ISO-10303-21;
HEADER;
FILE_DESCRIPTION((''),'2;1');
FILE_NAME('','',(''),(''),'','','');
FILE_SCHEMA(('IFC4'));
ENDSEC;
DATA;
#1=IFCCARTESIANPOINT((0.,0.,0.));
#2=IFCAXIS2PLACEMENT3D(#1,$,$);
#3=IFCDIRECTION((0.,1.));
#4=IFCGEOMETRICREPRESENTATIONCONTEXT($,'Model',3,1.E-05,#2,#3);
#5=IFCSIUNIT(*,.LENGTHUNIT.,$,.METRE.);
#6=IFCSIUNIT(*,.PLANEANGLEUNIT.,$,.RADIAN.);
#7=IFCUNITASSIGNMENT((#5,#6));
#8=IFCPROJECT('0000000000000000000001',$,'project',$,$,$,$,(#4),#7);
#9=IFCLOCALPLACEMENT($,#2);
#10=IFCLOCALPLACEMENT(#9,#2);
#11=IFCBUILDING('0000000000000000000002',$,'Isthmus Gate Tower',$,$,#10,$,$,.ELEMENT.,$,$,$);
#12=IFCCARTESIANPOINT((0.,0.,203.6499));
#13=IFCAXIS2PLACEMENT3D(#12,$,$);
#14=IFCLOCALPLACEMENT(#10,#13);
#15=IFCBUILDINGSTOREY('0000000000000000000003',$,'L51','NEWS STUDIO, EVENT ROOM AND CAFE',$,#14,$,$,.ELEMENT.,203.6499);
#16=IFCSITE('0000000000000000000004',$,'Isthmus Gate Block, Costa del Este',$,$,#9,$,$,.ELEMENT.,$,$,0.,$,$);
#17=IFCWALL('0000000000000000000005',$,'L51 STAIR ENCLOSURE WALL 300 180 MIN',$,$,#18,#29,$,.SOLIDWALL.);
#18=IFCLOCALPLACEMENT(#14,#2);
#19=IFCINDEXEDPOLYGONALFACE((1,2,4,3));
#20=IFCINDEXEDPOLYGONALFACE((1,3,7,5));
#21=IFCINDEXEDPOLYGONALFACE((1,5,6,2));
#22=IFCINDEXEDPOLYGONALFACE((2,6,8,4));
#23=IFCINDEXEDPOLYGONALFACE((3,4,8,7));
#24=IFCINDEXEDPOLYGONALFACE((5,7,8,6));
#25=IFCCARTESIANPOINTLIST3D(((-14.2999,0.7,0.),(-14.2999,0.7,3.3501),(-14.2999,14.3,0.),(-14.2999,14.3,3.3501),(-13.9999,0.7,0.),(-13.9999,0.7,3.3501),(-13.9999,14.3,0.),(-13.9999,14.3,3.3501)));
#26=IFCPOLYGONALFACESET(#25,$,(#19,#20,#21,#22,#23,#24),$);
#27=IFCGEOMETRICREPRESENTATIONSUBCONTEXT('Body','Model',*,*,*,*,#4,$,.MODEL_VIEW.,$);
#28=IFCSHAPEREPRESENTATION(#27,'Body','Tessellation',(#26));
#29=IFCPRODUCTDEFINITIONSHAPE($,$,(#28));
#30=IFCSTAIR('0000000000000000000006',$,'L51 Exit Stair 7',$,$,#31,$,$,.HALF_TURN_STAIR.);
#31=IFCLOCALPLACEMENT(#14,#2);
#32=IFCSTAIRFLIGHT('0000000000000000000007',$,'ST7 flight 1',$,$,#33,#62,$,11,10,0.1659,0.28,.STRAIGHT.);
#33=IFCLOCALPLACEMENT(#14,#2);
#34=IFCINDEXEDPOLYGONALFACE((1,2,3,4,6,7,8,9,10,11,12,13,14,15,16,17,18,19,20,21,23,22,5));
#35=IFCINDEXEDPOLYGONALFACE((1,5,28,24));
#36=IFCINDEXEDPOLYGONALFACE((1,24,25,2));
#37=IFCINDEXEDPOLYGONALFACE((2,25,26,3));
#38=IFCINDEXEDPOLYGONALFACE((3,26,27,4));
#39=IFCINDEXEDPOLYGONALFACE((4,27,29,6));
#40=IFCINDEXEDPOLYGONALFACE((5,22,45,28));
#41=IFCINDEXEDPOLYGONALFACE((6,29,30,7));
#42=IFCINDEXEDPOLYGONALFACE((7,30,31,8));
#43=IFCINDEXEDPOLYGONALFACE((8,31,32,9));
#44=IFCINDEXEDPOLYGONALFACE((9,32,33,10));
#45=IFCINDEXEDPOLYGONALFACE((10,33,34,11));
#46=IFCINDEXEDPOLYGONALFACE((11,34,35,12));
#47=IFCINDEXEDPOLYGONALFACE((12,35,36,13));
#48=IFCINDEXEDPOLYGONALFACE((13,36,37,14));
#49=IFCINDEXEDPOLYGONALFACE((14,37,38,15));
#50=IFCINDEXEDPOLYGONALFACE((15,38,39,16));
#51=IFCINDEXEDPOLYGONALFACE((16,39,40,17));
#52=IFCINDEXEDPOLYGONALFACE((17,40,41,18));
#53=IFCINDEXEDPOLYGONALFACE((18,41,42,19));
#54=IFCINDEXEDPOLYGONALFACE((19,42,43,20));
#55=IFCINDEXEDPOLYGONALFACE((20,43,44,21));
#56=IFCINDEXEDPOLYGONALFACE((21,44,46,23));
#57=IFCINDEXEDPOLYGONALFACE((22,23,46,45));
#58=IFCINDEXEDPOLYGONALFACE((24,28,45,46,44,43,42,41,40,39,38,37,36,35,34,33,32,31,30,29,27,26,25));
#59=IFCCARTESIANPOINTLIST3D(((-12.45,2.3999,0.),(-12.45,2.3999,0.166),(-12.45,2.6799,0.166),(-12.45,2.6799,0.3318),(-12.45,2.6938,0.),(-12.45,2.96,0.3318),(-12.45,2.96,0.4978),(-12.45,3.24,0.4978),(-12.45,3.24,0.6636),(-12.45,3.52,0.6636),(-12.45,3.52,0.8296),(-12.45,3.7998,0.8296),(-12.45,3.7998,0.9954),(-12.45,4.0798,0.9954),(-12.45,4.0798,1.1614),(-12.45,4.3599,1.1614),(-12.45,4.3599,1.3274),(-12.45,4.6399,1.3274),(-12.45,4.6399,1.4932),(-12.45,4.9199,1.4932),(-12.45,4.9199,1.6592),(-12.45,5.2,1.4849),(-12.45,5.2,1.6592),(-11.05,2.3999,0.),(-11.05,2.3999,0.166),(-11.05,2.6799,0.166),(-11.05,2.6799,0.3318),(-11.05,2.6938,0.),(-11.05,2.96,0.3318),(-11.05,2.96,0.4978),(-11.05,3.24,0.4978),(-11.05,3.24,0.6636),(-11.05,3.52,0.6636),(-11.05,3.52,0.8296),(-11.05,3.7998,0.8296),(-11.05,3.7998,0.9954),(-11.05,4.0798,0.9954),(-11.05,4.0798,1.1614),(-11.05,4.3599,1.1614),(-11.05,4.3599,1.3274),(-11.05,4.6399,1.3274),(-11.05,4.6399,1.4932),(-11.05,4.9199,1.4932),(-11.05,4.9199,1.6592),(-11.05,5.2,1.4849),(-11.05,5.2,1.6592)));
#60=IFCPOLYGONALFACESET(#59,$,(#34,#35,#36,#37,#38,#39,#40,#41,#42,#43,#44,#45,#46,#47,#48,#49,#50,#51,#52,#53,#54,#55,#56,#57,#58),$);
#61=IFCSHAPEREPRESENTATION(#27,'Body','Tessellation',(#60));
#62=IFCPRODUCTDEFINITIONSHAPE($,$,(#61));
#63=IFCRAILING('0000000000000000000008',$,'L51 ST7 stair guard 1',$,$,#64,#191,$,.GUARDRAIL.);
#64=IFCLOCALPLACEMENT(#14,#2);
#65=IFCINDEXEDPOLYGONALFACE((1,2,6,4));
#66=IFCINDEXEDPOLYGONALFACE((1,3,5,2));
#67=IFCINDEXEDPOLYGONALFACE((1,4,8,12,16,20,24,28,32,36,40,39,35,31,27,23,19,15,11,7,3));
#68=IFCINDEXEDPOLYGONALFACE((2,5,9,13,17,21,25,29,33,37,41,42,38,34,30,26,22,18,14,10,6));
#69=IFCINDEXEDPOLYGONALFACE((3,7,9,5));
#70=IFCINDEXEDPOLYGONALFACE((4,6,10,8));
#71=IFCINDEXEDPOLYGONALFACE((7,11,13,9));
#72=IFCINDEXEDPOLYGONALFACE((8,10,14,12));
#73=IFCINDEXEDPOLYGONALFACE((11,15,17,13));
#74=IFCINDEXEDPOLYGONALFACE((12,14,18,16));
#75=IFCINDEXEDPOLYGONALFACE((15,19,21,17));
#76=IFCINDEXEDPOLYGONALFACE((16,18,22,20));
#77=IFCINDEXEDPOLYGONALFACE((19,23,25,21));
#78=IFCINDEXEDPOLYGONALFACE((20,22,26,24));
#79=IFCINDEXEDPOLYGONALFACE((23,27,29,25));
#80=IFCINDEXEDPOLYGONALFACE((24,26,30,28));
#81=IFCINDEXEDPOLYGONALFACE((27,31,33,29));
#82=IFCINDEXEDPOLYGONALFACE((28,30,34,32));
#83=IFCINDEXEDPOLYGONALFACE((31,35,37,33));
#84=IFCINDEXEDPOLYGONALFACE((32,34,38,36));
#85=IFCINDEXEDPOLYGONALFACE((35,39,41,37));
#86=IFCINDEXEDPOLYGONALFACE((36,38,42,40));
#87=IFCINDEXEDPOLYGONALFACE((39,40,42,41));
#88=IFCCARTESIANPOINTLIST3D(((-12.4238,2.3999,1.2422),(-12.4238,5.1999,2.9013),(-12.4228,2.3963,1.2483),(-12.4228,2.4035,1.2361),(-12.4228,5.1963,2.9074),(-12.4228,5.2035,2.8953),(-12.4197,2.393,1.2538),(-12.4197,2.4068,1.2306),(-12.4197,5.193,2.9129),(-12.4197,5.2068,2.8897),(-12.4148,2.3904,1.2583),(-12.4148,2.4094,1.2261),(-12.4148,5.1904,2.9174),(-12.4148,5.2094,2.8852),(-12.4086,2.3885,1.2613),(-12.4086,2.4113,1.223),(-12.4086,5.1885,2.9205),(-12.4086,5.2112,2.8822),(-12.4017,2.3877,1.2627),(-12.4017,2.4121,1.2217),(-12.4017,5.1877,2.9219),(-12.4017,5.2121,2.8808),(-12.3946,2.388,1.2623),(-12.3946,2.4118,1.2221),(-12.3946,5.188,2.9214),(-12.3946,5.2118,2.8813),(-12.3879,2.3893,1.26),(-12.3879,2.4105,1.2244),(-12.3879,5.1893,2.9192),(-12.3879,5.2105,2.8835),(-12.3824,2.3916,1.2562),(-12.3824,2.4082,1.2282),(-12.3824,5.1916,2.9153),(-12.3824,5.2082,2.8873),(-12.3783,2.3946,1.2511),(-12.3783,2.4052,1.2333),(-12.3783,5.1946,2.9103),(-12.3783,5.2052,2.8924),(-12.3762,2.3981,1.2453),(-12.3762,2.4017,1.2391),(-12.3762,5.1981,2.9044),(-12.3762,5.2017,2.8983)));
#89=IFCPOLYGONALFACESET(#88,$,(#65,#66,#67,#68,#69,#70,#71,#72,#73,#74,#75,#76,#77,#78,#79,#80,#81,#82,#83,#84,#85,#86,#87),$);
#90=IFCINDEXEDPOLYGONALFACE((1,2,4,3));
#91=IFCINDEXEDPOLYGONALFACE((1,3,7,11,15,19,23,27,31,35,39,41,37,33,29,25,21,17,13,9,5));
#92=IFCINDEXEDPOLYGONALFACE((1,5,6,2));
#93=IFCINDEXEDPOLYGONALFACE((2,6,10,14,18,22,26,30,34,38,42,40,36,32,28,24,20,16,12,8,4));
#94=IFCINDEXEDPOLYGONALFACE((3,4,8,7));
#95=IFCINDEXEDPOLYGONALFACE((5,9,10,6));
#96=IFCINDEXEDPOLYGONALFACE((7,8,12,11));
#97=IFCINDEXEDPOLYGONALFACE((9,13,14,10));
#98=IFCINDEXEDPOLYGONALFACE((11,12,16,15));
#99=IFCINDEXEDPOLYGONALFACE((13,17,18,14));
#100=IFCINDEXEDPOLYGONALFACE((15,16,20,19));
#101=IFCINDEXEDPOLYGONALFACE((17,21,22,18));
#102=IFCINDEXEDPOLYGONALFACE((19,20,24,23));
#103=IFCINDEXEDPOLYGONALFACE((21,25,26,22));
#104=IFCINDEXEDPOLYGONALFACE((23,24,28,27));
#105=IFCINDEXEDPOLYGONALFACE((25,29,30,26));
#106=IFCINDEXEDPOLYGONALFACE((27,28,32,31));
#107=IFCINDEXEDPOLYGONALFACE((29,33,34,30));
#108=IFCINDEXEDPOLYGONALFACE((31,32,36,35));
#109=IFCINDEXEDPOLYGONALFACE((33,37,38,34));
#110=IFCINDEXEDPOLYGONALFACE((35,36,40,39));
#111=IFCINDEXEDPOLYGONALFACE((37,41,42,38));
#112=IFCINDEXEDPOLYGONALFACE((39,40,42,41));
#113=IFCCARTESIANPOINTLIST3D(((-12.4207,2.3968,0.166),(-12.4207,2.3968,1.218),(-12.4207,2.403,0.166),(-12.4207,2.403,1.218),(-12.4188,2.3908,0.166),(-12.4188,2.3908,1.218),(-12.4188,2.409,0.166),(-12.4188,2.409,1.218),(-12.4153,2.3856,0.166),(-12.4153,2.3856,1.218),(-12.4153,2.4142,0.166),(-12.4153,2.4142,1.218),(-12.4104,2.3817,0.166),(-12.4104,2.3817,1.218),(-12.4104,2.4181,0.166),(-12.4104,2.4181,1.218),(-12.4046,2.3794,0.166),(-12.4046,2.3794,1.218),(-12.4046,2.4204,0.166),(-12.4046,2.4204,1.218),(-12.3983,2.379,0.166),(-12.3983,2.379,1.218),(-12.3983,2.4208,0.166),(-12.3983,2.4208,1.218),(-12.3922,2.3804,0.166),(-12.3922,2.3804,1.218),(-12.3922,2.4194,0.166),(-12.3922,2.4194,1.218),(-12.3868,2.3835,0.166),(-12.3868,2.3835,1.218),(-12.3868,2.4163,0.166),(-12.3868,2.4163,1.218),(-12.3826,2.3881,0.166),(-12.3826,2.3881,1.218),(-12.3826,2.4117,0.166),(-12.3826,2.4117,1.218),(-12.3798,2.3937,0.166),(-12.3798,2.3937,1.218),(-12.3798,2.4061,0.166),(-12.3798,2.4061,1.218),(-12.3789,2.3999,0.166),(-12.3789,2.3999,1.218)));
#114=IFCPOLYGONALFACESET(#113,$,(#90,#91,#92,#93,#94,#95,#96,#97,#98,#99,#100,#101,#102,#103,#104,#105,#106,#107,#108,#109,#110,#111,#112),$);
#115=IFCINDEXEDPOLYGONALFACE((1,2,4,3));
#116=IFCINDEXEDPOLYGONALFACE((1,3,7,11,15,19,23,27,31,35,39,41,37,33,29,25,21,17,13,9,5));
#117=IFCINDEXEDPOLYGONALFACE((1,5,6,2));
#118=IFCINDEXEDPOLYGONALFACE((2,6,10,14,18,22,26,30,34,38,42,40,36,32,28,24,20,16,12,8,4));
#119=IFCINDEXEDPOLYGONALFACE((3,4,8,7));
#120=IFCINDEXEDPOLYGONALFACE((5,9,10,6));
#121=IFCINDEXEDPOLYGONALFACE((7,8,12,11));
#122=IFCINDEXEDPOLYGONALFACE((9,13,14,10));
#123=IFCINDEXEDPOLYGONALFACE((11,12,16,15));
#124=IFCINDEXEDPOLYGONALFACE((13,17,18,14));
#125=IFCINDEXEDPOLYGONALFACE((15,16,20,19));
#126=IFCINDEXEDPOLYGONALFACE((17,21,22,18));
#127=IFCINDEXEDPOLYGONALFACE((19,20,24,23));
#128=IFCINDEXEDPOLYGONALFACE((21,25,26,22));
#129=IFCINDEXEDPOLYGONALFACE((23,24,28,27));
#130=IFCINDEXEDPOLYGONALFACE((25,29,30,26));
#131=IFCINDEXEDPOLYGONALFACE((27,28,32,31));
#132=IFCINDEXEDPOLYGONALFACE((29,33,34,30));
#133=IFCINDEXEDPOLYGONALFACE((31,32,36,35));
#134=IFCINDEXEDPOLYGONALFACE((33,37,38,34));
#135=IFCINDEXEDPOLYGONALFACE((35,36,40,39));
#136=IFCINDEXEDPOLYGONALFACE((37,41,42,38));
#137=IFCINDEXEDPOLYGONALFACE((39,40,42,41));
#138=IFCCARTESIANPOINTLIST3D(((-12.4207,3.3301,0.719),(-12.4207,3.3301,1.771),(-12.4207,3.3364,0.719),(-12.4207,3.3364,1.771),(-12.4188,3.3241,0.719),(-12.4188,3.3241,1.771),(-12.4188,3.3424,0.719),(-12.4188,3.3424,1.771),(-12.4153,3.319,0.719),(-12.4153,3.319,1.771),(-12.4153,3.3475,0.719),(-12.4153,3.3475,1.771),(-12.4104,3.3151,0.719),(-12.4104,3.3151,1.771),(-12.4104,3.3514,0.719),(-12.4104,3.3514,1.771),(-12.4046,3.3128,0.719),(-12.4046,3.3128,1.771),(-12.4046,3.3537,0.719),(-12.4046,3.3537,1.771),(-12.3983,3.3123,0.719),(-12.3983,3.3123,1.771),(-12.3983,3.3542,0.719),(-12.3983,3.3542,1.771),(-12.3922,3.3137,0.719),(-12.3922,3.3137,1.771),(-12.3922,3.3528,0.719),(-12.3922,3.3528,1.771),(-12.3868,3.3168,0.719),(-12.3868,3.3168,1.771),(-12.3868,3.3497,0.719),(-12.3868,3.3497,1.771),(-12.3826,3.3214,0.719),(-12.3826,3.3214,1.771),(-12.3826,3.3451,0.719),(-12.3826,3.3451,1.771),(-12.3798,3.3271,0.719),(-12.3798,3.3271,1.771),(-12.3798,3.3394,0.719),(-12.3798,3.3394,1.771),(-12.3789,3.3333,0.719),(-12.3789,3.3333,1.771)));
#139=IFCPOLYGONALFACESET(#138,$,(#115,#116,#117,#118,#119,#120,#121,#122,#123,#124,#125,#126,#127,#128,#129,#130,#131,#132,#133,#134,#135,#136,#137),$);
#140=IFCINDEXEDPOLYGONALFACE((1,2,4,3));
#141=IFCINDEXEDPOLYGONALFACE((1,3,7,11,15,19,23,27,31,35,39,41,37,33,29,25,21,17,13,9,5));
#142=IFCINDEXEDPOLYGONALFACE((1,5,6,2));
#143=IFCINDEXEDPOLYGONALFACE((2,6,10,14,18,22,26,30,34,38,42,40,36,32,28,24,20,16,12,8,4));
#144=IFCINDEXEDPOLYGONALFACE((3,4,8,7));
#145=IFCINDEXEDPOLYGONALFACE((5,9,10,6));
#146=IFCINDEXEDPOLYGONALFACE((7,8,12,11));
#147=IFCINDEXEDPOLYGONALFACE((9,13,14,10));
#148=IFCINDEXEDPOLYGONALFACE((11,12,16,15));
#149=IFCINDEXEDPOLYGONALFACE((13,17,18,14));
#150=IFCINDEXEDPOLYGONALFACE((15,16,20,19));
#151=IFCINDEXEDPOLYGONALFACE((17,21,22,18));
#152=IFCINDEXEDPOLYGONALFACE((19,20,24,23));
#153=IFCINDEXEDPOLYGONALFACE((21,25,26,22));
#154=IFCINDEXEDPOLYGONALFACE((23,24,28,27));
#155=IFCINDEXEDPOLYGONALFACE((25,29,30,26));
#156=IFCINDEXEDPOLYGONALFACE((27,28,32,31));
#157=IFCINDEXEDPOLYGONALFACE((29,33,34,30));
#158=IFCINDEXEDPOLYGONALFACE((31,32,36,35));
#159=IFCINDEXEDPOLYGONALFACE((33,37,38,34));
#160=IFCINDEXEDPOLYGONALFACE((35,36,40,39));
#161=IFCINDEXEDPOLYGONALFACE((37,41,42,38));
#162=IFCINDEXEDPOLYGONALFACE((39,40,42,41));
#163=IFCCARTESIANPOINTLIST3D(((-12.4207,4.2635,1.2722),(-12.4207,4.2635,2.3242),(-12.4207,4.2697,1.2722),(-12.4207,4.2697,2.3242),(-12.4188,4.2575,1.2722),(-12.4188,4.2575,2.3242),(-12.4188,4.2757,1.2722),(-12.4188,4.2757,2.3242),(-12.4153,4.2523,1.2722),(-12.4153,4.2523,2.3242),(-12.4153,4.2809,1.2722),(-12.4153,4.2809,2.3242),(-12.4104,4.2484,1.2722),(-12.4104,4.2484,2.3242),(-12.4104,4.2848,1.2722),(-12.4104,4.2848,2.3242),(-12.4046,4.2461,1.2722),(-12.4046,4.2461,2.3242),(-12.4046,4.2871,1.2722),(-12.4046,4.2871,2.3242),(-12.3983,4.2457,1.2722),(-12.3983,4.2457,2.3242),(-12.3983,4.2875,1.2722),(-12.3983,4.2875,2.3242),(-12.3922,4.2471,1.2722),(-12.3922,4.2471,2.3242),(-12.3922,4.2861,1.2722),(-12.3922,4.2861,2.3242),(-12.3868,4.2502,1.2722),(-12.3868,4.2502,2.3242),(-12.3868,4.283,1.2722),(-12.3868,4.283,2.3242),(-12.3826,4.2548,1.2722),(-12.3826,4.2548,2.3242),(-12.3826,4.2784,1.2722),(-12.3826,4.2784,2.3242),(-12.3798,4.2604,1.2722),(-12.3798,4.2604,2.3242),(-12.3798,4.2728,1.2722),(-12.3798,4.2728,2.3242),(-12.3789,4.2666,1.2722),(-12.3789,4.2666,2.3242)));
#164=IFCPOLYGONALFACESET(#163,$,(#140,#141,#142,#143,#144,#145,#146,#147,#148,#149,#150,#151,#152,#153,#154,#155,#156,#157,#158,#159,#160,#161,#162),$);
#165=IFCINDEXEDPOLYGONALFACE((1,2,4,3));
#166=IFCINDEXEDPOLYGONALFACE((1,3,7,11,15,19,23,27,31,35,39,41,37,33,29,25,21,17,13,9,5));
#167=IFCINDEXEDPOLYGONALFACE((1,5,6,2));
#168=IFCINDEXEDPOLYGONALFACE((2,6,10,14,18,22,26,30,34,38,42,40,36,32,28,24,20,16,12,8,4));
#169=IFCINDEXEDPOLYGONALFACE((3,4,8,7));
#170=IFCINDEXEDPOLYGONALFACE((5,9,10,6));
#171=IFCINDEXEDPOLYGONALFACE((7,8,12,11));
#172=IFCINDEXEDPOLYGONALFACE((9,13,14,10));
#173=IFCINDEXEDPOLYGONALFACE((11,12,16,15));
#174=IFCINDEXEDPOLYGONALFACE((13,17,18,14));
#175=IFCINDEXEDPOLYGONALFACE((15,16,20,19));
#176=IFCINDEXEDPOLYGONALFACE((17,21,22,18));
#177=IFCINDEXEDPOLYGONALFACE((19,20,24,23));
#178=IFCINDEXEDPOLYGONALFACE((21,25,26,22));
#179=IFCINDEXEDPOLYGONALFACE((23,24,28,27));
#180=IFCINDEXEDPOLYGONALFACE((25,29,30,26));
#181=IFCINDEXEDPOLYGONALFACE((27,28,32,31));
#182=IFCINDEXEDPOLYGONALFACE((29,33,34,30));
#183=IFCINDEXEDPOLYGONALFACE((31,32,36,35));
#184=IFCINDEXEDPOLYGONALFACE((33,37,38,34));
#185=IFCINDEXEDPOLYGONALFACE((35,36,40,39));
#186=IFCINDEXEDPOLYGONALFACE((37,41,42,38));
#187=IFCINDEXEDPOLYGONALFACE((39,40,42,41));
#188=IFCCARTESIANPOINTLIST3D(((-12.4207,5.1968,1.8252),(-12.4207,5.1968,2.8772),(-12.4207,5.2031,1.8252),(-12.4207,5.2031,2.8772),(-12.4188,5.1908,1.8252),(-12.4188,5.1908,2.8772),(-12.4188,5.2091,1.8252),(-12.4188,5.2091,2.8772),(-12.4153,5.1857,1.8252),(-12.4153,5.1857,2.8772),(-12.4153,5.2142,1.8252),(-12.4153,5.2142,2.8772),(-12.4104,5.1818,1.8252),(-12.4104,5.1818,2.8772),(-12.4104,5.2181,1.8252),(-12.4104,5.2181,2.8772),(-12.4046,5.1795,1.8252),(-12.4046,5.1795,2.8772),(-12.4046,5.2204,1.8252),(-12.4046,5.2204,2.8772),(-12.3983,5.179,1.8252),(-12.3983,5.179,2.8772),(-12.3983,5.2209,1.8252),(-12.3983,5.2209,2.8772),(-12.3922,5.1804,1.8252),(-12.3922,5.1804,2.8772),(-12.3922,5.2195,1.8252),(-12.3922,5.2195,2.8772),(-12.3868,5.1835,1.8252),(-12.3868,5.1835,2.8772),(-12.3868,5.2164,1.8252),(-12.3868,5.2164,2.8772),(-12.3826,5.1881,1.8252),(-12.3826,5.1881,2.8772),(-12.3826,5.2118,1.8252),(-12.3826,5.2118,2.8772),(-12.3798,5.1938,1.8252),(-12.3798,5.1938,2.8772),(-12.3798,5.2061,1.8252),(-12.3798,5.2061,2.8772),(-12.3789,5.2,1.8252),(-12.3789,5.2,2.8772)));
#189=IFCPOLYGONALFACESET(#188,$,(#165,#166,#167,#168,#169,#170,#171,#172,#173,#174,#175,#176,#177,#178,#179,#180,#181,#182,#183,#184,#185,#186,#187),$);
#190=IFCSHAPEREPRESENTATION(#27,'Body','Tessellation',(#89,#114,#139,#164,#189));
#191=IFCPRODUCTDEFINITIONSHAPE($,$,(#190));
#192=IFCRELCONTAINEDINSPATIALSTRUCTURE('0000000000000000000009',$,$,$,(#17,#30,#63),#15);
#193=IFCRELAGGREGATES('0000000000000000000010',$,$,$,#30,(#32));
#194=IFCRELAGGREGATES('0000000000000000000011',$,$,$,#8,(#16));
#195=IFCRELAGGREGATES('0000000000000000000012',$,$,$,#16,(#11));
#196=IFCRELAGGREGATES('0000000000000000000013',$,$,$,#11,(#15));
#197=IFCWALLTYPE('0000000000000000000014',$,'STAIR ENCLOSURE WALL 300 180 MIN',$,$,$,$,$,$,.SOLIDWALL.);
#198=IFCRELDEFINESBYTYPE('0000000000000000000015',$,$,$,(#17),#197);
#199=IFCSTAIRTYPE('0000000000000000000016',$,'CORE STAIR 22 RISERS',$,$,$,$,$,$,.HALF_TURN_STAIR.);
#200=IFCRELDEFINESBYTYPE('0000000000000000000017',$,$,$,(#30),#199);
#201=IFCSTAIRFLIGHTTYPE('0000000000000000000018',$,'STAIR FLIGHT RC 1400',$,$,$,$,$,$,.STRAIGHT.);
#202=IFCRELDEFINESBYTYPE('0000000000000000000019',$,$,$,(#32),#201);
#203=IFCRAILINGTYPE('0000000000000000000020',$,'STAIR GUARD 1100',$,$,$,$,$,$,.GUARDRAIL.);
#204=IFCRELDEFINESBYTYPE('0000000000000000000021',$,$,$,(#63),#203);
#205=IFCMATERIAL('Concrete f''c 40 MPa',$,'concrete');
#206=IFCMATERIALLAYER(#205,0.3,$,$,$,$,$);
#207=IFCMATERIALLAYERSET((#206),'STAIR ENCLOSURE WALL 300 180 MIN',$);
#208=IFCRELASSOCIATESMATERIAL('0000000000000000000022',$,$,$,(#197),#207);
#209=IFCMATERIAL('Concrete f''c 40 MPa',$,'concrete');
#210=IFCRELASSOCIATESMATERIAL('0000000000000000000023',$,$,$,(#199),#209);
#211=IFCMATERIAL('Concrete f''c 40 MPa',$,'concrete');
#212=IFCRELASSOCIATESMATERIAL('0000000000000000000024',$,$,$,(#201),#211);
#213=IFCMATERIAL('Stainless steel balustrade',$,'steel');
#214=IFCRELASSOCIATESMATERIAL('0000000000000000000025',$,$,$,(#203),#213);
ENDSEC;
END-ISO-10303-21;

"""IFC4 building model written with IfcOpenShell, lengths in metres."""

from ifc_helpers import new_model, si_unit, direction, frame, frame_2d, origin, origin_2d, place, context, subcontext, project, spatial, polyline, rectangle, circle, outline, extrude, material, layer, layer_set, type_object, element, aggregate, save


model = new_model("IFC4")

# Units and contexts
model_context = context("Model", 3, precision=1e-05, world=origin(), true_north=direction((0.0, 1.0)))
body_context = subcontext(model_context, "Body", "Model", "MODEL_VIEW")
ifc_project = project(units=[si_unit("LENGTHUNIT", "METRE"), si_unit("PLANEANGLEUNIT", "RADIAN")], contexts=[model_context])

# Site, building, storey
site_placement = place(None, origin())
site = spatial("IfcSite", under=ifc_project, at=site_placement, Name="Isthmus Gate Block, Costa del Este", CompositionType="ELEMENT", RefElevation=0.0)
building_placement = place(site_placement, origin())
building = spatial("IfcBuilding", under=site, at=building_placement, Name="Isthmus Gate Tower", CompositionType="ELEMENT")
storey_placement = place(building_placement, frame((0.0, 0.0, 203.6499)))
storey = spatial("IfcBuildingStorey", under=building, at=storey_placement, Name="L51", Description="NEWS STUDIO, EVENT ROOM AND CAFE", CompositionType="ELEMENT", Elevation=203.6499)

# Wall
ifc_material_1 = material(Name="Concrete f'c 40 MPa", Category="concrete")
ifc_layer_1 = layer(ifc_material_1, 0.3)
ifc_layer_set_1 = layer_set([ifc_layer_1], Name="STAIR ENCLOSURE WALL 300 180 MIN")
wall_type_1 = type_object("IfcWallType", Name="STAIR ENCLOSURE WALL 300 180 MIN", PredefinedType="SOLIDWALL", material=ifc_layer_set_1)
wall_1_placement = place(storey_placement, frame((-14.1499, 0.7, 0.0), z_axis=(0.0, 0.0, 1.0), x_axis=(0.0, 1.0, 0.0)))
element("IfcWall", 1, at=wall_1_placement, inside=storey, type_object=wall_type_1, Name="L51 STAIR ENCLOSURE WALL 300 180 MIN", PredefinedType="SOLIDWALL", context=body_context, shape_type="SweptSolid", body=[
    extrude(rectangle(XDim=13.6001, YDim=0.3, at=frame_2d((6.8, 0.0))), origin(), (0.0, 0.0, 1.0), 3.3501),
])

# Stair, stair flight
ifc_material_2 = material(Name="Concrete f'c 40 MPa", Category="concrete")
stair_type = type_object("IfcStairType", Name="CORE STAIR 22 RISERS", PredefinedType="HALF_TURN_STAIR", material=ifc_material_2)
stair_placement = place(storey_placement, origin())
stair = element("IfcStair", 2, at=stair_placement, inside=storey, type_object=stair_type, Name="L51 Exit Stair 7", PredefinedType="HALF_TURN_STAIR")
ifc_material_3 = material(Name="Concrete f'c 40 MPa", Category="concrete")
stair_flight_type = type_object("IfcStairFlightType", Name="STAIR FLIGHT RC 1400", PredefinedType="STRAIGHT", material=ifc_material_3)
stair_flight_placement = place(storey_placement, frame((-11.75, 2.3999, 0.0), z_axis=(0.0, 0.0, 1.0), x_axis=(0.0, 1.0, 0.0)))
stair_flight = element("IfcStairFlight", 3, at=stair_flight_placement, type_object=stair_flight_type, Name="ST7 flight 1", NumberOfRisers=11, NumberOfTreads=10, PredefinedType="STRAIGHT", RiserHeight=0.1659, TreadLength=0.28, context=body_context, shape_type="SweptSolid", body=[
    extrude(outline(polyline([(0.0, 0.0), (0.0, 0.166), (0.28, 0.166), (0.28, 0.3318), (0.5601, 0.3318), (0.5601, 0.4978), (0.8401, 0.4978), (0.8401, 0.6636), (1.1201, 0.6636), (1.1201, 0.8296), (1.3999, 0.8296), (1.3999, 0.9954), (1.6799, 0.9954), (1.6799, 1.1614), (1.96, 1.1614), (1.96, 1.3274), (2.24, 1.3274), (2.24, 1.4932), (2.52, 1.4932), (2.52, 1.6592), (2.8, 1.6592), (2.8, 1.825), (2.8, 1.4849), (0.2939, 0.0), (0.0, 0.0)])), frame((0.0, 0.7, 0.0), z_axis=(0.0, -1.0, 0.0), x_axis=(1.0, 0.0, 0.0)), (0.0, 0.0, 1.0), 1.3999),
])
aggregate(stair, [stair_flight])

# Railing
ifc_material_4 = material(Name="Stainless steel balustrade", Category="steel")
railing_type_1 = type_object("IfcRailingType", Name="STAIR GUARD 1100", PredefinedType="GUARDRAIL", material=ifc_material_4)
railing_1_placement = place(storey_placement, frame((-12.3999, 2.3999, 0.166)))
element("IfcRailing", 4, at=railing_1_placement, inside=storey, type_object=railing_type_1, Name="L51 ST7 stair guard 1", PredefinedType="GUARDRAIL", context=body_context, shape_type="SweptSolid", body=[
    extrude(circle(Radius=0.0239, at=origin_2d()), frame((0.0, 0.0, 1.0762), z_axis=(0.0, 0.860306, 0.509778), x_axis=(-1.0, 0.0, 0.0)), (0.0, 0.0, 1.0), 3.2546),
    extrude(circle(Radius=0.021, at=origin_2d()), origin(), (0.0, 0.0, 1.0), 1.052),
    extrude(circle(Radius=0.021, at=origin_2d()), frame((0.0, 0.9333, 0.553)), (0.0, 0.0, 1.0), 1.052),
    extrude(circle(Radius=0.021, at=origin_2d()), frame((0.0, 1.8667, 1.1062)), (0.0, 0.0, 1.0), 1.052),
    extrude(circle(Radius=0.021, at=origin_2d()), frame((0.0, 2.8, 1.6592)), (0.0, 0.0, 1.0), 1.052),
])

save(model, "model.ifc")
